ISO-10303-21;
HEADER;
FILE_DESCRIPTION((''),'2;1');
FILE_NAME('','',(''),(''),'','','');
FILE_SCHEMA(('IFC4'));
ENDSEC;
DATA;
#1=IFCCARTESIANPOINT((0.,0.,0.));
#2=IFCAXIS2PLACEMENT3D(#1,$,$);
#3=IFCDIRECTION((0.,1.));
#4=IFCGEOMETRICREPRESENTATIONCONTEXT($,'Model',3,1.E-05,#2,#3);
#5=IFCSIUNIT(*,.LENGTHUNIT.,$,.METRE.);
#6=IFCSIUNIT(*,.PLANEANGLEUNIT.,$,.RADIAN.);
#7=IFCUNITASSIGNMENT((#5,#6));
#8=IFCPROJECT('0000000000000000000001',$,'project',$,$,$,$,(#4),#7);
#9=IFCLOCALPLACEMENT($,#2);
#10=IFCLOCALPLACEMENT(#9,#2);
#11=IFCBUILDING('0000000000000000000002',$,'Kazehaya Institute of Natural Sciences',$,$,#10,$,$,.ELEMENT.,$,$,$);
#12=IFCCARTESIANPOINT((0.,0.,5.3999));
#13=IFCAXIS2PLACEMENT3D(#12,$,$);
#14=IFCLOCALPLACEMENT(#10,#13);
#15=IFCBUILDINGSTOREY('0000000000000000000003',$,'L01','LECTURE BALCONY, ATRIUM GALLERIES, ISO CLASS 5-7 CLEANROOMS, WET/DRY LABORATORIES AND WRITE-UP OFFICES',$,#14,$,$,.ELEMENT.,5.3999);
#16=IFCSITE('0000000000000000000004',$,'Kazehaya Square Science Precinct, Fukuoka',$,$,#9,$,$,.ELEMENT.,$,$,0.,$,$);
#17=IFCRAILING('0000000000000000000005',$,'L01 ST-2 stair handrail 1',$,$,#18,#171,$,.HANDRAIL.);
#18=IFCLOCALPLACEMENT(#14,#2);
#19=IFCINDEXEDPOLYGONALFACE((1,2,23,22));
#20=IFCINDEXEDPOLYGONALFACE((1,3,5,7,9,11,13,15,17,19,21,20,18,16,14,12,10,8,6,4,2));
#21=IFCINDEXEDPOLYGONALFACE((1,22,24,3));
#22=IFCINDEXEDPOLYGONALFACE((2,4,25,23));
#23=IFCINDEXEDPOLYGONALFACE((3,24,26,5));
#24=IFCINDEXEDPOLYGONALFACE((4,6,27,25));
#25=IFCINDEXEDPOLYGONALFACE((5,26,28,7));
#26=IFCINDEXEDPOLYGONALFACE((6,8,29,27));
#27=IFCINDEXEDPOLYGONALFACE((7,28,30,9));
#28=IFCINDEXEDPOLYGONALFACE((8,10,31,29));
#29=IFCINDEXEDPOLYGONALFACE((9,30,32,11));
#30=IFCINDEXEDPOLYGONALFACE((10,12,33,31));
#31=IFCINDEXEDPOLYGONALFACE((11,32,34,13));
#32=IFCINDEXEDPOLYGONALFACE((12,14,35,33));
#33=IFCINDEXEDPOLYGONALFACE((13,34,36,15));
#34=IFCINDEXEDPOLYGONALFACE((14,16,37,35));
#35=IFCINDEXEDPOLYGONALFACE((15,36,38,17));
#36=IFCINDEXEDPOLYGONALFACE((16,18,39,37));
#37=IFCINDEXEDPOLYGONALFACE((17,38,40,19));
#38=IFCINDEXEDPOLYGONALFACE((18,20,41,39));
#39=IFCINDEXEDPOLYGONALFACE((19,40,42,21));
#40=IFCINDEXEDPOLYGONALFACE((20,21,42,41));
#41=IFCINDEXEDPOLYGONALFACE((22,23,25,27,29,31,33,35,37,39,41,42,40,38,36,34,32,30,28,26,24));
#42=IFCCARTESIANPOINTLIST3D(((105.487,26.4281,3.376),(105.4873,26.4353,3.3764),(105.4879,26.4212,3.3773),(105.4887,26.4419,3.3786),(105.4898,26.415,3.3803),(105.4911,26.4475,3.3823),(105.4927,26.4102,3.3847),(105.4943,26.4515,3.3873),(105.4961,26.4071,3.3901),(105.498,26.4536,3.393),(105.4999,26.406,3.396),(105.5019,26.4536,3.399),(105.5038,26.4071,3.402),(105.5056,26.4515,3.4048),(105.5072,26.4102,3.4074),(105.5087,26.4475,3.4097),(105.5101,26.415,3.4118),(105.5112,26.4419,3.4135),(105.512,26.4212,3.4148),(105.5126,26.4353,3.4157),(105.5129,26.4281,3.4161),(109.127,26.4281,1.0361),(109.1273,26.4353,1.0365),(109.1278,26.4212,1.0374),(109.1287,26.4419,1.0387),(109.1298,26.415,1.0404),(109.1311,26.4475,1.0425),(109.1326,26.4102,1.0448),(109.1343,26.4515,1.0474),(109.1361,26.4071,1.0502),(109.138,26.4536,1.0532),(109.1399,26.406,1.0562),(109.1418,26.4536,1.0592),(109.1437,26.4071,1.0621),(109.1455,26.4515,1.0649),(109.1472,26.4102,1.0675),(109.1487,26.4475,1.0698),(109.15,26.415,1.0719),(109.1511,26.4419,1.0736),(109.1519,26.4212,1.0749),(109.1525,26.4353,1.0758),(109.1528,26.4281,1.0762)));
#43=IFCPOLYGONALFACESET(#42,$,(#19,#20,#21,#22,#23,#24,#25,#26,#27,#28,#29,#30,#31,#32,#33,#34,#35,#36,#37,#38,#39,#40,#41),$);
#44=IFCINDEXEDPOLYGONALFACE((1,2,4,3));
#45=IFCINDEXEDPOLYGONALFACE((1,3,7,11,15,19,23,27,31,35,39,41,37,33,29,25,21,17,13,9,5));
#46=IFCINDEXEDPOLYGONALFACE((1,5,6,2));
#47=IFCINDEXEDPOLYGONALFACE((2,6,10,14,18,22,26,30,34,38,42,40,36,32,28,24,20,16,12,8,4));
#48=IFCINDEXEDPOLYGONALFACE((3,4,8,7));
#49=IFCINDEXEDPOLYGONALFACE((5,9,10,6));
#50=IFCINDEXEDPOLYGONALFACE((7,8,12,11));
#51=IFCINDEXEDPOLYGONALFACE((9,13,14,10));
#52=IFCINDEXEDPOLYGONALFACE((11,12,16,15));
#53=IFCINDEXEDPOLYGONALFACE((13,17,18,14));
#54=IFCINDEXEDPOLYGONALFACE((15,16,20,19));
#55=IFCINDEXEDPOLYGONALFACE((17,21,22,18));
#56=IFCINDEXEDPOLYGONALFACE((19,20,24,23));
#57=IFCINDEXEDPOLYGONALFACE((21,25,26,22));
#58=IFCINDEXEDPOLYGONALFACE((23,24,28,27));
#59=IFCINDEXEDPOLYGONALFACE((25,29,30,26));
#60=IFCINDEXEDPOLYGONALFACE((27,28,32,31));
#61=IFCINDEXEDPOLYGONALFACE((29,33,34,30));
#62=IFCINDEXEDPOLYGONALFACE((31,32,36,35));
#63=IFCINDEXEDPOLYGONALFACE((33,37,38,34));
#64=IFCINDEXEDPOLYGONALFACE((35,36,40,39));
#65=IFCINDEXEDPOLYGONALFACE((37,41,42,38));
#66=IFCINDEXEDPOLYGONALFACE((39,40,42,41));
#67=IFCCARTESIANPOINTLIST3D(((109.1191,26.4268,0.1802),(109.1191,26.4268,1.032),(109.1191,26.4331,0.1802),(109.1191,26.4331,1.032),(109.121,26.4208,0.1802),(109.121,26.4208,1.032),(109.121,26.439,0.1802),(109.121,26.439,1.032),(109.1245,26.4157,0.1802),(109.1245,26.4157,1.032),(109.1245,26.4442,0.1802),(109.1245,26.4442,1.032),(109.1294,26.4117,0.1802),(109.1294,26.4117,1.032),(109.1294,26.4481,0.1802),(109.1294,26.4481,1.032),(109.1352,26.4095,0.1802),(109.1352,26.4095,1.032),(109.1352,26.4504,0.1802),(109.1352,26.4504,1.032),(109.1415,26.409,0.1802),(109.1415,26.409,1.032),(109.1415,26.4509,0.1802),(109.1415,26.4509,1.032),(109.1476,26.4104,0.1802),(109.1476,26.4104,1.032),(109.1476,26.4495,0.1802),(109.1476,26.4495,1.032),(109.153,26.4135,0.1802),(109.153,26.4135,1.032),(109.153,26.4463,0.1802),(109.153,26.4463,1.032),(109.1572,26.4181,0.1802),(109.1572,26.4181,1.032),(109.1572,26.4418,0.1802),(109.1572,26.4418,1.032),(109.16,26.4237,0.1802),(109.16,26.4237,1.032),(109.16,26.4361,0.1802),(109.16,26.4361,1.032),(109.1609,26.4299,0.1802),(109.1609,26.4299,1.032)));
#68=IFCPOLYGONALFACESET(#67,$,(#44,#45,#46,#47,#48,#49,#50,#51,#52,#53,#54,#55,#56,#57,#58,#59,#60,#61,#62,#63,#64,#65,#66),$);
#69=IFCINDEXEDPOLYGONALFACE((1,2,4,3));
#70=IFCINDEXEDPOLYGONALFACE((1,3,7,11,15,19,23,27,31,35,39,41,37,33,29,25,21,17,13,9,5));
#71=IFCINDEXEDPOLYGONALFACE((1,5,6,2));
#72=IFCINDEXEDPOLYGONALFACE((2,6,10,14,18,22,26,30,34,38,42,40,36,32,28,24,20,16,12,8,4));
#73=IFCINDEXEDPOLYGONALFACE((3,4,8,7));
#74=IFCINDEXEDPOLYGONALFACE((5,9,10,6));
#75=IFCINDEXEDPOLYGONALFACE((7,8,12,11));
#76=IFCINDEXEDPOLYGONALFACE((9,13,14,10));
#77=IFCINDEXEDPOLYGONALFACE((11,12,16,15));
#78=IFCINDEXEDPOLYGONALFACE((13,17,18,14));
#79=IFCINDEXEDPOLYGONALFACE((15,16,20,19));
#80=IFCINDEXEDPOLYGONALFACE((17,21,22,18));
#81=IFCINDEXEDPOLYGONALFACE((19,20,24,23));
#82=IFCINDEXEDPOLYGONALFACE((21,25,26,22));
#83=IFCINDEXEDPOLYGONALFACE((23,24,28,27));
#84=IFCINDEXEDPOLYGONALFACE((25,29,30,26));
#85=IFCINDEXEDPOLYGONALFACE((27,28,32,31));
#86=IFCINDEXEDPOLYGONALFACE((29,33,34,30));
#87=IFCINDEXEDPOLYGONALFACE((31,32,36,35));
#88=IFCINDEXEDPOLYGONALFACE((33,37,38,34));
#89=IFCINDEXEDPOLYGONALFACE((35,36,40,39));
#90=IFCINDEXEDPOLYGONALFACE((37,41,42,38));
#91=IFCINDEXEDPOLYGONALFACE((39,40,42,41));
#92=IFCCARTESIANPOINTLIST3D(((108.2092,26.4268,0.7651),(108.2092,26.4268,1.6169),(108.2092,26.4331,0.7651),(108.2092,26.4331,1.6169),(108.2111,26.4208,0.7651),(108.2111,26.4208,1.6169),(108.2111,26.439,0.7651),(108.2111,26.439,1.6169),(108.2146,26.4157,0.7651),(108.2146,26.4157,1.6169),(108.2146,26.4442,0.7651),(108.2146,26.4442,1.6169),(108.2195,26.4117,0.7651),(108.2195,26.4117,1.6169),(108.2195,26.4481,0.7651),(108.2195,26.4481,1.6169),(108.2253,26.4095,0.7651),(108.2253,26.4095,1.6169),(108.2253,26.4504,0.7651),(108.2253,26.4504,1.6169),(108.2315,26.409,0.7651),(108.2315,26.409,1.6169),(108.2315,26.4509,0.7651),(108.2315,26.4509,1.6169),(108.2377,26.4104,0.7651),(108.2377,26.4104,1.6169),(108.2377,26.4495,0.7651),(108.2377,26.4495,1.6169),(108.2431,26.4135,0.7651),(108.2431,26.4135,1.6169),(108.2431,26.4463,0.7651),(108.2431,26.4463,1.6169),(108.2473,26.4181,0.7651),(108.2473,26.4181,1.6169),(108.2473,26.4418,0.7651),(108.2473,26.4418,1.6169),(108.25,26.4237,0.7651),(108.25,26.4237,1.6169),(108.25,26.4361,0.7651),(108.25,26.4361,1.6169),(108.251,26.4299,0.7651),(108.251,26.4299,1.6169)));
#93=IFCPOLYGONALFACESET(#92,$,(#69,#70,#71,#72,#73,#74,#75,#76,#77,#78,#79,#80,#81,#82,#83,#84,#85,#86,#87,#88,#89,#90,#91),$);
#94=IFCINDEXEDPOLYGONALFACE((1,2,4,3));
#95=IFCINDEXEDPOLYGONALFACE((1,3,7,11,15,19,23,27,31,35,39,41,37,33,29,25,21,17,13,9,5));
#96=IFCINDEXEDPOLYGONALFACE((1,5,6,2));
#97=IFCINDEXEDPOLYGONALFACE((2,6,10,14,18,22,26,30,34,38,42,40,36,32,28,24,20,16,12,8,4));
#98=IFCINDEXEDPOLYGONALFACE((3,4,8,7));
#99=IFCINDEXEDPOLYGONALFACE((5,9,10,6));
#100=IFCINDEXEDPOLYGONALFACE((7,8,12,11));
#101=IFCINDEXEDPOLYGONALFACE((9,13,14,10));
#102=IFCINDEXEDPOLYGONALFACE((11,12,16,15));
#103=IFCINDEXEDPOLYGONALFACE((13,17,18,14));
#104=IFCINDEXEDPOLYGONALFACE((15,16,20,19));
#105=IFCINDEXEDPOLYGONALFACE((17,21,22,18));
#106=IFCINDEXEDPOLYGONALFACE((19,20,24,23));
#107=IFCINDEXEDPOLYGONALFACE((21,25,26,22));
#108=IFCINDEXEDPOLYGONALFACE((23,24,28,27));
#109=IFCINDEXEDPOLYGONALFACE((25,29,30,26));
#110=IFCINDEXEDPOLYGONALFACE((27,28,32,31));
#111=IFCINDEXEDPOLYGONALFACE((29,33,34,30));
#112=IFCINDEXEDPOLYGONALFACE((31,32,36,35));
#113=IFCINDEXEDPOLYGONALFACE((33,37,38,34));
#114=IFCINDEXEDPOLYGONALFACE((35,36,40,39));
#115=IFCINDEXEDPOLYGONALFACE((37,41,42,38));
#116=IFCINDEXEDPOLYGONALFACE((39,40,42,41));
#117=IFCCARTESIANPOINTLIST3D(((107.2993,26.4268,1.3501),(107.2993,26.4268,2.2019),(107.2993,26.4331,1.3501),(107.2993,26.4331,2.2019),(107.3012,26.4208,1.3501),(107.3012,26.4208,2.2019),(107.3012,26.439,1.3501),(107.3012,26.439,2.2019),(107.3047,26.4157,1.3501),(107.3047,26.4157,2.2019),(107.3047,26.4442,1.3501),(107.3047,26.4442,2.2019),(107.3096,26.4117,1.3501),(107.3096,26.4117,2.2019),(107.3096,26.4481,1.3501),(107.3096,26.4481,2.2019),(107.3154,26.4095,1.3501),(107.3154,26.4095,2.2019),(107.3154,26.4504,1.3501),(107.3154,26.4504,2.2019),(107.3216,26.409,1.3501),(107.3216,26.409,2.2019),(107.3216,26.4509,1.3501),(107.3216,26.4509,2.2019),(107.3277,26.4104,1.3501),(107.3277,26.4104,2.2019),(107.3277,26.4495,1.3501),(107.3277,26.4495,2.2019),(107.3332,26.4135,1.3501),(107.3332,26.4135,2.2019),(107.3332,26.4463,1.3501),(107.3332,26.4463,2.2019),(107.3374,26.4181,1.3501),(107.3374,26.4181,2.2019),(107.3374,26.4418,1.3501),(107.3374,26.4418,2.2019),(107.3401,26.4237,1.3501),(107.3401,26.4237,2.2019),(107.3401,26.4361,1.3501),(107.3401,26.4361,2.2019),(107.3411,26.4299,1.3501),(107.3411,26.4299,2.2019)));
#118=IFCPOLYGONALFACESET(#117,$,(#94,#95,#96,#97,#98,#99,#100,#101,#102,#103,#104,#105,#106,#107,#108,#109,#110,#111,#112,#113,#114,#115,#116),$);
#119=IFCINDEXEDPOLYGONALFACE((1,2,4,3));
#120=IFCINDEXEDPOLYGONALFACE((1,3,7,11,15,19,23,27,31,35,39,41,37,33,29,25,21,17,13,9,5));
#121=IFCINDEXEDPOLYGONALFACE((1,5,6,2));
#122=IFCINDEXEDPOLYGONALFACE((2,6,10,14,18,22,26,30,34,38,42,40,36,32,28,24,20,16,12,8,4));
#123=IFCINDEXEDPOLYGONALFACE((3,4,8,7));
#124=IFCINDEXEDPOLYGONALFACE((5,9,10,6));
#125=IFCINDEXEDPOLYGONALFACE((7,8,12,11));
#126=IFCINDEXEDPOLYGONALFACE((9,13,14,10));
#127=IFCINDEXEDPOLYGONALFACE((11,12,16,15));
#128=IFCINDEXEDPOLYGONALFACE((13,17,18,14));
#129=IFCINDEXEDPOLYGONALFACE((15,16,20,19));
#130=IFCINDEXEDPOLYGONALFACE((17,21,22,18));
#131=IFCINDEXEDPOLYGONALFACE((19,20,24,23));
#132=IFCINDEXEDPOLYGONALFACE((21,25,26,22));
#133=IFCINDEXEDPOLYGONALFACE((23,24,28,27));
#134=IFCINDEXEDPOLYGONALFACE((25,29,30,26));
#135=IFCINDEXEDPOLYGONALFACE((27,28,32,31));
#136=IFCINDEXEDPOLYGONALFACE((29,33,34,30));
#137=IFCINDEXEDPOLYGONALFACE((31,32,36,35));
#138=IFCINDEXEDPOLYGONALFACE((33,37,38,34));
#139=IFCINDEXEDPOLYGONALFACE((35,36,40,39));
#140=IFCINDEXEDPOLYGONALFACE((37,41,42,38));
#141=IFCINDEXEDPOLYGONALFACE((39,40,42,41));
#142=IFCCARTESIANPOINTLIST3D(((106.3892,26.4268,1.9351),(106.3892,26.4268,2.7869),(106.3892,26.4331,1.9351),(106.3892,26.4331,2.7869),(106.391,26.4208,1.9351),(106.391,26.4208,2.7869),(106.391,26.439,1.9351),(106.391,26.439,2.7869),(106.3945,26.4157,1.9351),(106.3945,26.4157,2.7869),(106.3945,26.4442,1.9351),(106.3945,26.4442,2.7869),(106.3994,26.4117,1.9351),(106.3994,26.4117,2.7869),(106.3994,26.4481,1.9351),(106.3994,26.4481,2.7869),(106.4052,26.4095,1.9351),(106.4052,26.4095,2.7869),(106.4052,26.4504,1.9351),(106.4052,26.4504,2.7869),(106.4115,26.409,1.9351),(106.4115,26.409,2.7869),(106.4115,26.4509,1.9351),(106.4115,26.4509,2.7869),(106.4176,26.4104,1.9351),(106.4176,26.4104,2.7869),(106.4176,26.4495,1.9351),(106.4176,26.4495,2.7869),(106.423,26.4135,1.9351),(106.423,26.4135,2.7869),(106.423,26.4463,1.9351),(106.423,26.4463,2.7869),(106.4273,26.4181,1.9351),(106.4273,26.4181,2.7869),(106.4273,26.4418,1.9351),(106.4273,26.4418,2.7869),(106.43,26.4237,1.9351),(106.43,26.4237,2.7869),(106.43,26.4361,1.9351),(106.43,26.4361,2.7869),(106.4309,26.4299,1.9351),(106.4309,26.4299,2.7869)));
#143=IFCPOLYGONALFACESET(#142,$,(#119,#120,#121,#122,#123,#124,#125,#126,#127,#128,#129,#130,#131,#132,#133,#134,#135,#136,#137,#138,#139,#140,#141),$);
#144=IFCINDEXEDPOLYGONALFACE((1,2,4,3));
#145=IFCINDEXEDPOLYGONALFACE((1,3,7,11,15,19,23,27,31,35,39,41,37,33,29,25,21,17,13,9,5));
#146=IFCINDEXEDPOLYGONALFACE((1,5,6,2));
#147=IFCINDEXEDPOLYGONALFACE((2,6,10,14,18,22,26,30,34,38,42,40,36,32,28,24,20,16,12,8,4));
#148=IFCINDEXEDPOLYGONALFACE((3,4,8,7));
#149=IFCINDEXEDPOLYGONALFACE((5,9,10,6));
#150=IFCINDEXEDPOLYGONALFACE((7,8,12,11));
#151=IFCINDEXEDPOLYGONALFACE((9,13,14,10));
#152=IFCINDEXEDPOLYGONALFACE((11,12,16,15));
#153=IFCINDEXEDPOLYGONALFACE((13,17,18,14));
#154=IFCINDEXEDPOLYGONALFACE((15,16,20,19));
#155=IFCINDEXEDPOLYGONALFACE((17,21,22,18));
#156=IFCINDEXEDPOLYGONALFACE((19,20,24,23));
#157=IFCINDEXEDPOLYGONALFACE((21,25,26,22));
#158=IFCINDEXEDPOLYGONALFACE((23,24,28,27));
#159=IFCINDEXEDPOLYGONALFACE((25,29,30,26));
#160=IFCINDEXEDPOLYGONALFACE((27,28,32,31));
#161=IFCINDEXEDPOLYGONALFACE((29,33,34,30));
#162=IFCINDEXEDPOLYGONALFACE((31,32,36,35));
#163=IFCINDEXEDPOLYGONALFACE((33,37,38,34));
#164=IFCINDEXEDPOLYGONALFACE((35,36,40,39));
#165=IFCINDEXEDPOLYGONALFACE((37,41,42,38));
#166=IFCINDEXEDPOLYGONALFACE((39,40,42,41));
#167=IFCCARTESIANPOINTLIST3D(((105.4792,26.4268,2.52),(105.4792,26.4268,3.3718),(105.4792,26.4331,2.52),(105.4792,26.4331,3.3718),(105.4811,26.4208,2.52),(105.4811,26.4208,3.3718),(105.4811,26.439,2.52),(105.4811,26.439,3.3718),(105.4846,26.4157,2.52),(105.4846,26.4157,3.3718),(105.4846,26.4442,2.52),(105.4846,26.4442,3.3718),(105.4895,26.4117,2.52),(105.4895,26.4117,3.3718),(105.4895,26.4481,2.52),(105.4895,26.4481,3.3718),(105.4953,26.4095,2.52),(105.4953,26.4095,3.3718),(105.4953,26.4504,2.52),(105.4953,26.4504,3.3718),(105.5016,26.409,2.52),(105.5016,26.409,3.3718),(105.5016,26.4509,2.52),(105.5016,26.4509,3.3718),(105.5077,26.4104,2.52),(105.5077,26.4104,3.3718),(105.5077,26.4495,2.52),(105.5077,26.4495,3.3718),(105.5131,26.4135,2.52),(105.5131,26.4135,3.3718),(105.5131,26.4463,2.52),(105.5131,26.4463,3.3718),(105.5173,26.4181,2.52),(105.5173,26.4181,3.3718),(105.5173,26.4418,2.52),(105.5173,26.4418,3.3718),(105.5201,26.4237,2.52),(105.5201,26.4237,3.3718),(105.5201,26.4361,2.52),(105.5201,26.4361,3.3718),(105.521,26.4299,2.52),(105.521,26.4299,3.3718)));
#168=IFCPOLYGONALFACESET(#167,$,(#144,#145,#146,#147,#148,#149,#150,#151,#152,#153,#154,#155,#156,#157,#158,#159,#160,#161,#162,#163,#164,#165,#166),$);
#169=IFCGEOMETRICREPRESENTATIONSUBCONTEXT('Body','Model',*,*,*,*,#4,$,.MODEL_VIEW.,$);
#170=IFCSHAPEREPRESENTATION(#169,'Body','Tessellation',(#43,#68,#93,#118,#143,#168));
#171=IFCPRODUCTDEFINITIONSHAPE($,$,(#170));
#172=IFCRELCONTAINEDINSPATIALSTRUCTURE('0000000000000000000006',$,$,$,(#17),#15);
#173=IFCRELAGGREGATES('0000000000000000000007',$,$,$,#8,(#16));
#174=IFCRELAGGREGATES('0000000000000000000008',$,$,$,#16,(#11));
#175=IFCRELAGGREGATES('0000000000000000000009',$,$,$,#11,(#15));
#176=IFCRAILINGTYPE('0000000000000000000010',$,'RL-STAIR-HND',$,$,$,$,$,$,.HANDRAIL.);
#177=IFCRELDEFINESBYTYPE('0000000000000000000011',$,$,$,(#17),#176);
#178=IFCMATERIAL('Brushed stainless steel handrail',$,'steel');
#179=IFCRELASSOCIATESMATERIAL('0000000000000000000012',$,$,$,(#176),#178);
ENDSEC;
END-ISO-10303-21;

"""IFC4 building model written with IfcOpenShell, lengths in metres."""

from ifc_helpers import new_model, si_unit, direction, frame, origin, origin_2d, place, context, subcontext, project, spatial, circle, extrude, material, type_object, element, save


model = new_model("IFC4")

# Units and contexts
model_context = context("Model", 3, precision=1e-05, world=origin(), true_north=direction((0.0, 1.0)))
body_context = subcontext(model_context, "Body", "Model", "MODEL_VIEW")
ifc_project = project(units=[si_unit("LENGTHUNIT", "METRE"), si_unit("PLANEANGLEUNIT", "RADIAN")], contexts=[model_context])

# Site, building, storey
site_placement = place(None, origin())
site = spatial("IfcSite", under=ifc_project, at=site_placement, Name="Kazehaya Square Science Precinct, Fukuoka", CompositionType="ELEMENT", RefElevation=0.0)
building_placement = place(site_placement, origin())
building = spatial("IfcBuilding", under=site, at=building_placement, Name="Kazehaya Institute of Natural Sciences", CompositionType="ELEMENT")
storey_placement = place(building_placement, frame((0.0, 0.0, 5.3999)))
storey = spatial("IfcBuildingStorey", under=building, at=storey_placement, Name="L01", Description="LECTURE BALCONY, ATRIUM GALLERIES, ISO CLASS 5-7 CLEANROOMS, WET/DRY LABORATORIES AND WRITE-UP OFFICES", CompositionType="ELEMENT", Elevation=5.3999)

# Railing
ifc_material_1 = material(Name="Brushed stainless steel handrail", Category="steel")
railing_type_1 = type_object("IfcRailingType", Name="RL-STAIR-HND", PredefinedType="HANDRAIL", material=ifc_material_1)
railing_1_placement = place(storey_placement, frame((109.1399, 26.4299, 0.1802)))
element("IfcRailing", 1, at=railing_1_placement, inside=storey, type_object=railing_type_1, Name="L01 ST-2 stair handrail 1", PredefinedType="HANDRAIL", context=body_context, shape_type="SweptSolid", body=[
    extrude(circle(Radius=0.0239, at=origin_2d()), frame((0.0, 0.0, 0.876), z_axis=(-0.841188, 0.0, 0.540743), x_axis=(0.0, -1.0, 0.0)), (0.0, 0.0, 1.0), 4.3271),
    extrude(circle(Radius=0.021, at=origin_2d()), origin(), (0.0, 0.0, 1.0), 0.8518),
    extrude(circle(Radius=0.021, at=origin_2d()), frame((-0.9099, 0.0, 0.585)), (0.0, 0.0, 1.0), 0.8518),
    extrude(circle(Radius=0.021, at=origin_2d()), frame((-1.8198, 0.0, 1.1699)), (0.0, 0.0, 1.0), 0.8518),
    extrude(circle(Radius=0.021, at=origin_2d()), frame((-2.73, 0.0, 1.7549)), (0.0, 0.0, 1.0), 0.8518),
    extrude(circle(Radius=0.021, at=origin_2d()), frame((-3.6399, 0.0, 2.3398)), (0.0, 0.0, 1.0), 0.8518),
])

save(model, "model.ifc")
